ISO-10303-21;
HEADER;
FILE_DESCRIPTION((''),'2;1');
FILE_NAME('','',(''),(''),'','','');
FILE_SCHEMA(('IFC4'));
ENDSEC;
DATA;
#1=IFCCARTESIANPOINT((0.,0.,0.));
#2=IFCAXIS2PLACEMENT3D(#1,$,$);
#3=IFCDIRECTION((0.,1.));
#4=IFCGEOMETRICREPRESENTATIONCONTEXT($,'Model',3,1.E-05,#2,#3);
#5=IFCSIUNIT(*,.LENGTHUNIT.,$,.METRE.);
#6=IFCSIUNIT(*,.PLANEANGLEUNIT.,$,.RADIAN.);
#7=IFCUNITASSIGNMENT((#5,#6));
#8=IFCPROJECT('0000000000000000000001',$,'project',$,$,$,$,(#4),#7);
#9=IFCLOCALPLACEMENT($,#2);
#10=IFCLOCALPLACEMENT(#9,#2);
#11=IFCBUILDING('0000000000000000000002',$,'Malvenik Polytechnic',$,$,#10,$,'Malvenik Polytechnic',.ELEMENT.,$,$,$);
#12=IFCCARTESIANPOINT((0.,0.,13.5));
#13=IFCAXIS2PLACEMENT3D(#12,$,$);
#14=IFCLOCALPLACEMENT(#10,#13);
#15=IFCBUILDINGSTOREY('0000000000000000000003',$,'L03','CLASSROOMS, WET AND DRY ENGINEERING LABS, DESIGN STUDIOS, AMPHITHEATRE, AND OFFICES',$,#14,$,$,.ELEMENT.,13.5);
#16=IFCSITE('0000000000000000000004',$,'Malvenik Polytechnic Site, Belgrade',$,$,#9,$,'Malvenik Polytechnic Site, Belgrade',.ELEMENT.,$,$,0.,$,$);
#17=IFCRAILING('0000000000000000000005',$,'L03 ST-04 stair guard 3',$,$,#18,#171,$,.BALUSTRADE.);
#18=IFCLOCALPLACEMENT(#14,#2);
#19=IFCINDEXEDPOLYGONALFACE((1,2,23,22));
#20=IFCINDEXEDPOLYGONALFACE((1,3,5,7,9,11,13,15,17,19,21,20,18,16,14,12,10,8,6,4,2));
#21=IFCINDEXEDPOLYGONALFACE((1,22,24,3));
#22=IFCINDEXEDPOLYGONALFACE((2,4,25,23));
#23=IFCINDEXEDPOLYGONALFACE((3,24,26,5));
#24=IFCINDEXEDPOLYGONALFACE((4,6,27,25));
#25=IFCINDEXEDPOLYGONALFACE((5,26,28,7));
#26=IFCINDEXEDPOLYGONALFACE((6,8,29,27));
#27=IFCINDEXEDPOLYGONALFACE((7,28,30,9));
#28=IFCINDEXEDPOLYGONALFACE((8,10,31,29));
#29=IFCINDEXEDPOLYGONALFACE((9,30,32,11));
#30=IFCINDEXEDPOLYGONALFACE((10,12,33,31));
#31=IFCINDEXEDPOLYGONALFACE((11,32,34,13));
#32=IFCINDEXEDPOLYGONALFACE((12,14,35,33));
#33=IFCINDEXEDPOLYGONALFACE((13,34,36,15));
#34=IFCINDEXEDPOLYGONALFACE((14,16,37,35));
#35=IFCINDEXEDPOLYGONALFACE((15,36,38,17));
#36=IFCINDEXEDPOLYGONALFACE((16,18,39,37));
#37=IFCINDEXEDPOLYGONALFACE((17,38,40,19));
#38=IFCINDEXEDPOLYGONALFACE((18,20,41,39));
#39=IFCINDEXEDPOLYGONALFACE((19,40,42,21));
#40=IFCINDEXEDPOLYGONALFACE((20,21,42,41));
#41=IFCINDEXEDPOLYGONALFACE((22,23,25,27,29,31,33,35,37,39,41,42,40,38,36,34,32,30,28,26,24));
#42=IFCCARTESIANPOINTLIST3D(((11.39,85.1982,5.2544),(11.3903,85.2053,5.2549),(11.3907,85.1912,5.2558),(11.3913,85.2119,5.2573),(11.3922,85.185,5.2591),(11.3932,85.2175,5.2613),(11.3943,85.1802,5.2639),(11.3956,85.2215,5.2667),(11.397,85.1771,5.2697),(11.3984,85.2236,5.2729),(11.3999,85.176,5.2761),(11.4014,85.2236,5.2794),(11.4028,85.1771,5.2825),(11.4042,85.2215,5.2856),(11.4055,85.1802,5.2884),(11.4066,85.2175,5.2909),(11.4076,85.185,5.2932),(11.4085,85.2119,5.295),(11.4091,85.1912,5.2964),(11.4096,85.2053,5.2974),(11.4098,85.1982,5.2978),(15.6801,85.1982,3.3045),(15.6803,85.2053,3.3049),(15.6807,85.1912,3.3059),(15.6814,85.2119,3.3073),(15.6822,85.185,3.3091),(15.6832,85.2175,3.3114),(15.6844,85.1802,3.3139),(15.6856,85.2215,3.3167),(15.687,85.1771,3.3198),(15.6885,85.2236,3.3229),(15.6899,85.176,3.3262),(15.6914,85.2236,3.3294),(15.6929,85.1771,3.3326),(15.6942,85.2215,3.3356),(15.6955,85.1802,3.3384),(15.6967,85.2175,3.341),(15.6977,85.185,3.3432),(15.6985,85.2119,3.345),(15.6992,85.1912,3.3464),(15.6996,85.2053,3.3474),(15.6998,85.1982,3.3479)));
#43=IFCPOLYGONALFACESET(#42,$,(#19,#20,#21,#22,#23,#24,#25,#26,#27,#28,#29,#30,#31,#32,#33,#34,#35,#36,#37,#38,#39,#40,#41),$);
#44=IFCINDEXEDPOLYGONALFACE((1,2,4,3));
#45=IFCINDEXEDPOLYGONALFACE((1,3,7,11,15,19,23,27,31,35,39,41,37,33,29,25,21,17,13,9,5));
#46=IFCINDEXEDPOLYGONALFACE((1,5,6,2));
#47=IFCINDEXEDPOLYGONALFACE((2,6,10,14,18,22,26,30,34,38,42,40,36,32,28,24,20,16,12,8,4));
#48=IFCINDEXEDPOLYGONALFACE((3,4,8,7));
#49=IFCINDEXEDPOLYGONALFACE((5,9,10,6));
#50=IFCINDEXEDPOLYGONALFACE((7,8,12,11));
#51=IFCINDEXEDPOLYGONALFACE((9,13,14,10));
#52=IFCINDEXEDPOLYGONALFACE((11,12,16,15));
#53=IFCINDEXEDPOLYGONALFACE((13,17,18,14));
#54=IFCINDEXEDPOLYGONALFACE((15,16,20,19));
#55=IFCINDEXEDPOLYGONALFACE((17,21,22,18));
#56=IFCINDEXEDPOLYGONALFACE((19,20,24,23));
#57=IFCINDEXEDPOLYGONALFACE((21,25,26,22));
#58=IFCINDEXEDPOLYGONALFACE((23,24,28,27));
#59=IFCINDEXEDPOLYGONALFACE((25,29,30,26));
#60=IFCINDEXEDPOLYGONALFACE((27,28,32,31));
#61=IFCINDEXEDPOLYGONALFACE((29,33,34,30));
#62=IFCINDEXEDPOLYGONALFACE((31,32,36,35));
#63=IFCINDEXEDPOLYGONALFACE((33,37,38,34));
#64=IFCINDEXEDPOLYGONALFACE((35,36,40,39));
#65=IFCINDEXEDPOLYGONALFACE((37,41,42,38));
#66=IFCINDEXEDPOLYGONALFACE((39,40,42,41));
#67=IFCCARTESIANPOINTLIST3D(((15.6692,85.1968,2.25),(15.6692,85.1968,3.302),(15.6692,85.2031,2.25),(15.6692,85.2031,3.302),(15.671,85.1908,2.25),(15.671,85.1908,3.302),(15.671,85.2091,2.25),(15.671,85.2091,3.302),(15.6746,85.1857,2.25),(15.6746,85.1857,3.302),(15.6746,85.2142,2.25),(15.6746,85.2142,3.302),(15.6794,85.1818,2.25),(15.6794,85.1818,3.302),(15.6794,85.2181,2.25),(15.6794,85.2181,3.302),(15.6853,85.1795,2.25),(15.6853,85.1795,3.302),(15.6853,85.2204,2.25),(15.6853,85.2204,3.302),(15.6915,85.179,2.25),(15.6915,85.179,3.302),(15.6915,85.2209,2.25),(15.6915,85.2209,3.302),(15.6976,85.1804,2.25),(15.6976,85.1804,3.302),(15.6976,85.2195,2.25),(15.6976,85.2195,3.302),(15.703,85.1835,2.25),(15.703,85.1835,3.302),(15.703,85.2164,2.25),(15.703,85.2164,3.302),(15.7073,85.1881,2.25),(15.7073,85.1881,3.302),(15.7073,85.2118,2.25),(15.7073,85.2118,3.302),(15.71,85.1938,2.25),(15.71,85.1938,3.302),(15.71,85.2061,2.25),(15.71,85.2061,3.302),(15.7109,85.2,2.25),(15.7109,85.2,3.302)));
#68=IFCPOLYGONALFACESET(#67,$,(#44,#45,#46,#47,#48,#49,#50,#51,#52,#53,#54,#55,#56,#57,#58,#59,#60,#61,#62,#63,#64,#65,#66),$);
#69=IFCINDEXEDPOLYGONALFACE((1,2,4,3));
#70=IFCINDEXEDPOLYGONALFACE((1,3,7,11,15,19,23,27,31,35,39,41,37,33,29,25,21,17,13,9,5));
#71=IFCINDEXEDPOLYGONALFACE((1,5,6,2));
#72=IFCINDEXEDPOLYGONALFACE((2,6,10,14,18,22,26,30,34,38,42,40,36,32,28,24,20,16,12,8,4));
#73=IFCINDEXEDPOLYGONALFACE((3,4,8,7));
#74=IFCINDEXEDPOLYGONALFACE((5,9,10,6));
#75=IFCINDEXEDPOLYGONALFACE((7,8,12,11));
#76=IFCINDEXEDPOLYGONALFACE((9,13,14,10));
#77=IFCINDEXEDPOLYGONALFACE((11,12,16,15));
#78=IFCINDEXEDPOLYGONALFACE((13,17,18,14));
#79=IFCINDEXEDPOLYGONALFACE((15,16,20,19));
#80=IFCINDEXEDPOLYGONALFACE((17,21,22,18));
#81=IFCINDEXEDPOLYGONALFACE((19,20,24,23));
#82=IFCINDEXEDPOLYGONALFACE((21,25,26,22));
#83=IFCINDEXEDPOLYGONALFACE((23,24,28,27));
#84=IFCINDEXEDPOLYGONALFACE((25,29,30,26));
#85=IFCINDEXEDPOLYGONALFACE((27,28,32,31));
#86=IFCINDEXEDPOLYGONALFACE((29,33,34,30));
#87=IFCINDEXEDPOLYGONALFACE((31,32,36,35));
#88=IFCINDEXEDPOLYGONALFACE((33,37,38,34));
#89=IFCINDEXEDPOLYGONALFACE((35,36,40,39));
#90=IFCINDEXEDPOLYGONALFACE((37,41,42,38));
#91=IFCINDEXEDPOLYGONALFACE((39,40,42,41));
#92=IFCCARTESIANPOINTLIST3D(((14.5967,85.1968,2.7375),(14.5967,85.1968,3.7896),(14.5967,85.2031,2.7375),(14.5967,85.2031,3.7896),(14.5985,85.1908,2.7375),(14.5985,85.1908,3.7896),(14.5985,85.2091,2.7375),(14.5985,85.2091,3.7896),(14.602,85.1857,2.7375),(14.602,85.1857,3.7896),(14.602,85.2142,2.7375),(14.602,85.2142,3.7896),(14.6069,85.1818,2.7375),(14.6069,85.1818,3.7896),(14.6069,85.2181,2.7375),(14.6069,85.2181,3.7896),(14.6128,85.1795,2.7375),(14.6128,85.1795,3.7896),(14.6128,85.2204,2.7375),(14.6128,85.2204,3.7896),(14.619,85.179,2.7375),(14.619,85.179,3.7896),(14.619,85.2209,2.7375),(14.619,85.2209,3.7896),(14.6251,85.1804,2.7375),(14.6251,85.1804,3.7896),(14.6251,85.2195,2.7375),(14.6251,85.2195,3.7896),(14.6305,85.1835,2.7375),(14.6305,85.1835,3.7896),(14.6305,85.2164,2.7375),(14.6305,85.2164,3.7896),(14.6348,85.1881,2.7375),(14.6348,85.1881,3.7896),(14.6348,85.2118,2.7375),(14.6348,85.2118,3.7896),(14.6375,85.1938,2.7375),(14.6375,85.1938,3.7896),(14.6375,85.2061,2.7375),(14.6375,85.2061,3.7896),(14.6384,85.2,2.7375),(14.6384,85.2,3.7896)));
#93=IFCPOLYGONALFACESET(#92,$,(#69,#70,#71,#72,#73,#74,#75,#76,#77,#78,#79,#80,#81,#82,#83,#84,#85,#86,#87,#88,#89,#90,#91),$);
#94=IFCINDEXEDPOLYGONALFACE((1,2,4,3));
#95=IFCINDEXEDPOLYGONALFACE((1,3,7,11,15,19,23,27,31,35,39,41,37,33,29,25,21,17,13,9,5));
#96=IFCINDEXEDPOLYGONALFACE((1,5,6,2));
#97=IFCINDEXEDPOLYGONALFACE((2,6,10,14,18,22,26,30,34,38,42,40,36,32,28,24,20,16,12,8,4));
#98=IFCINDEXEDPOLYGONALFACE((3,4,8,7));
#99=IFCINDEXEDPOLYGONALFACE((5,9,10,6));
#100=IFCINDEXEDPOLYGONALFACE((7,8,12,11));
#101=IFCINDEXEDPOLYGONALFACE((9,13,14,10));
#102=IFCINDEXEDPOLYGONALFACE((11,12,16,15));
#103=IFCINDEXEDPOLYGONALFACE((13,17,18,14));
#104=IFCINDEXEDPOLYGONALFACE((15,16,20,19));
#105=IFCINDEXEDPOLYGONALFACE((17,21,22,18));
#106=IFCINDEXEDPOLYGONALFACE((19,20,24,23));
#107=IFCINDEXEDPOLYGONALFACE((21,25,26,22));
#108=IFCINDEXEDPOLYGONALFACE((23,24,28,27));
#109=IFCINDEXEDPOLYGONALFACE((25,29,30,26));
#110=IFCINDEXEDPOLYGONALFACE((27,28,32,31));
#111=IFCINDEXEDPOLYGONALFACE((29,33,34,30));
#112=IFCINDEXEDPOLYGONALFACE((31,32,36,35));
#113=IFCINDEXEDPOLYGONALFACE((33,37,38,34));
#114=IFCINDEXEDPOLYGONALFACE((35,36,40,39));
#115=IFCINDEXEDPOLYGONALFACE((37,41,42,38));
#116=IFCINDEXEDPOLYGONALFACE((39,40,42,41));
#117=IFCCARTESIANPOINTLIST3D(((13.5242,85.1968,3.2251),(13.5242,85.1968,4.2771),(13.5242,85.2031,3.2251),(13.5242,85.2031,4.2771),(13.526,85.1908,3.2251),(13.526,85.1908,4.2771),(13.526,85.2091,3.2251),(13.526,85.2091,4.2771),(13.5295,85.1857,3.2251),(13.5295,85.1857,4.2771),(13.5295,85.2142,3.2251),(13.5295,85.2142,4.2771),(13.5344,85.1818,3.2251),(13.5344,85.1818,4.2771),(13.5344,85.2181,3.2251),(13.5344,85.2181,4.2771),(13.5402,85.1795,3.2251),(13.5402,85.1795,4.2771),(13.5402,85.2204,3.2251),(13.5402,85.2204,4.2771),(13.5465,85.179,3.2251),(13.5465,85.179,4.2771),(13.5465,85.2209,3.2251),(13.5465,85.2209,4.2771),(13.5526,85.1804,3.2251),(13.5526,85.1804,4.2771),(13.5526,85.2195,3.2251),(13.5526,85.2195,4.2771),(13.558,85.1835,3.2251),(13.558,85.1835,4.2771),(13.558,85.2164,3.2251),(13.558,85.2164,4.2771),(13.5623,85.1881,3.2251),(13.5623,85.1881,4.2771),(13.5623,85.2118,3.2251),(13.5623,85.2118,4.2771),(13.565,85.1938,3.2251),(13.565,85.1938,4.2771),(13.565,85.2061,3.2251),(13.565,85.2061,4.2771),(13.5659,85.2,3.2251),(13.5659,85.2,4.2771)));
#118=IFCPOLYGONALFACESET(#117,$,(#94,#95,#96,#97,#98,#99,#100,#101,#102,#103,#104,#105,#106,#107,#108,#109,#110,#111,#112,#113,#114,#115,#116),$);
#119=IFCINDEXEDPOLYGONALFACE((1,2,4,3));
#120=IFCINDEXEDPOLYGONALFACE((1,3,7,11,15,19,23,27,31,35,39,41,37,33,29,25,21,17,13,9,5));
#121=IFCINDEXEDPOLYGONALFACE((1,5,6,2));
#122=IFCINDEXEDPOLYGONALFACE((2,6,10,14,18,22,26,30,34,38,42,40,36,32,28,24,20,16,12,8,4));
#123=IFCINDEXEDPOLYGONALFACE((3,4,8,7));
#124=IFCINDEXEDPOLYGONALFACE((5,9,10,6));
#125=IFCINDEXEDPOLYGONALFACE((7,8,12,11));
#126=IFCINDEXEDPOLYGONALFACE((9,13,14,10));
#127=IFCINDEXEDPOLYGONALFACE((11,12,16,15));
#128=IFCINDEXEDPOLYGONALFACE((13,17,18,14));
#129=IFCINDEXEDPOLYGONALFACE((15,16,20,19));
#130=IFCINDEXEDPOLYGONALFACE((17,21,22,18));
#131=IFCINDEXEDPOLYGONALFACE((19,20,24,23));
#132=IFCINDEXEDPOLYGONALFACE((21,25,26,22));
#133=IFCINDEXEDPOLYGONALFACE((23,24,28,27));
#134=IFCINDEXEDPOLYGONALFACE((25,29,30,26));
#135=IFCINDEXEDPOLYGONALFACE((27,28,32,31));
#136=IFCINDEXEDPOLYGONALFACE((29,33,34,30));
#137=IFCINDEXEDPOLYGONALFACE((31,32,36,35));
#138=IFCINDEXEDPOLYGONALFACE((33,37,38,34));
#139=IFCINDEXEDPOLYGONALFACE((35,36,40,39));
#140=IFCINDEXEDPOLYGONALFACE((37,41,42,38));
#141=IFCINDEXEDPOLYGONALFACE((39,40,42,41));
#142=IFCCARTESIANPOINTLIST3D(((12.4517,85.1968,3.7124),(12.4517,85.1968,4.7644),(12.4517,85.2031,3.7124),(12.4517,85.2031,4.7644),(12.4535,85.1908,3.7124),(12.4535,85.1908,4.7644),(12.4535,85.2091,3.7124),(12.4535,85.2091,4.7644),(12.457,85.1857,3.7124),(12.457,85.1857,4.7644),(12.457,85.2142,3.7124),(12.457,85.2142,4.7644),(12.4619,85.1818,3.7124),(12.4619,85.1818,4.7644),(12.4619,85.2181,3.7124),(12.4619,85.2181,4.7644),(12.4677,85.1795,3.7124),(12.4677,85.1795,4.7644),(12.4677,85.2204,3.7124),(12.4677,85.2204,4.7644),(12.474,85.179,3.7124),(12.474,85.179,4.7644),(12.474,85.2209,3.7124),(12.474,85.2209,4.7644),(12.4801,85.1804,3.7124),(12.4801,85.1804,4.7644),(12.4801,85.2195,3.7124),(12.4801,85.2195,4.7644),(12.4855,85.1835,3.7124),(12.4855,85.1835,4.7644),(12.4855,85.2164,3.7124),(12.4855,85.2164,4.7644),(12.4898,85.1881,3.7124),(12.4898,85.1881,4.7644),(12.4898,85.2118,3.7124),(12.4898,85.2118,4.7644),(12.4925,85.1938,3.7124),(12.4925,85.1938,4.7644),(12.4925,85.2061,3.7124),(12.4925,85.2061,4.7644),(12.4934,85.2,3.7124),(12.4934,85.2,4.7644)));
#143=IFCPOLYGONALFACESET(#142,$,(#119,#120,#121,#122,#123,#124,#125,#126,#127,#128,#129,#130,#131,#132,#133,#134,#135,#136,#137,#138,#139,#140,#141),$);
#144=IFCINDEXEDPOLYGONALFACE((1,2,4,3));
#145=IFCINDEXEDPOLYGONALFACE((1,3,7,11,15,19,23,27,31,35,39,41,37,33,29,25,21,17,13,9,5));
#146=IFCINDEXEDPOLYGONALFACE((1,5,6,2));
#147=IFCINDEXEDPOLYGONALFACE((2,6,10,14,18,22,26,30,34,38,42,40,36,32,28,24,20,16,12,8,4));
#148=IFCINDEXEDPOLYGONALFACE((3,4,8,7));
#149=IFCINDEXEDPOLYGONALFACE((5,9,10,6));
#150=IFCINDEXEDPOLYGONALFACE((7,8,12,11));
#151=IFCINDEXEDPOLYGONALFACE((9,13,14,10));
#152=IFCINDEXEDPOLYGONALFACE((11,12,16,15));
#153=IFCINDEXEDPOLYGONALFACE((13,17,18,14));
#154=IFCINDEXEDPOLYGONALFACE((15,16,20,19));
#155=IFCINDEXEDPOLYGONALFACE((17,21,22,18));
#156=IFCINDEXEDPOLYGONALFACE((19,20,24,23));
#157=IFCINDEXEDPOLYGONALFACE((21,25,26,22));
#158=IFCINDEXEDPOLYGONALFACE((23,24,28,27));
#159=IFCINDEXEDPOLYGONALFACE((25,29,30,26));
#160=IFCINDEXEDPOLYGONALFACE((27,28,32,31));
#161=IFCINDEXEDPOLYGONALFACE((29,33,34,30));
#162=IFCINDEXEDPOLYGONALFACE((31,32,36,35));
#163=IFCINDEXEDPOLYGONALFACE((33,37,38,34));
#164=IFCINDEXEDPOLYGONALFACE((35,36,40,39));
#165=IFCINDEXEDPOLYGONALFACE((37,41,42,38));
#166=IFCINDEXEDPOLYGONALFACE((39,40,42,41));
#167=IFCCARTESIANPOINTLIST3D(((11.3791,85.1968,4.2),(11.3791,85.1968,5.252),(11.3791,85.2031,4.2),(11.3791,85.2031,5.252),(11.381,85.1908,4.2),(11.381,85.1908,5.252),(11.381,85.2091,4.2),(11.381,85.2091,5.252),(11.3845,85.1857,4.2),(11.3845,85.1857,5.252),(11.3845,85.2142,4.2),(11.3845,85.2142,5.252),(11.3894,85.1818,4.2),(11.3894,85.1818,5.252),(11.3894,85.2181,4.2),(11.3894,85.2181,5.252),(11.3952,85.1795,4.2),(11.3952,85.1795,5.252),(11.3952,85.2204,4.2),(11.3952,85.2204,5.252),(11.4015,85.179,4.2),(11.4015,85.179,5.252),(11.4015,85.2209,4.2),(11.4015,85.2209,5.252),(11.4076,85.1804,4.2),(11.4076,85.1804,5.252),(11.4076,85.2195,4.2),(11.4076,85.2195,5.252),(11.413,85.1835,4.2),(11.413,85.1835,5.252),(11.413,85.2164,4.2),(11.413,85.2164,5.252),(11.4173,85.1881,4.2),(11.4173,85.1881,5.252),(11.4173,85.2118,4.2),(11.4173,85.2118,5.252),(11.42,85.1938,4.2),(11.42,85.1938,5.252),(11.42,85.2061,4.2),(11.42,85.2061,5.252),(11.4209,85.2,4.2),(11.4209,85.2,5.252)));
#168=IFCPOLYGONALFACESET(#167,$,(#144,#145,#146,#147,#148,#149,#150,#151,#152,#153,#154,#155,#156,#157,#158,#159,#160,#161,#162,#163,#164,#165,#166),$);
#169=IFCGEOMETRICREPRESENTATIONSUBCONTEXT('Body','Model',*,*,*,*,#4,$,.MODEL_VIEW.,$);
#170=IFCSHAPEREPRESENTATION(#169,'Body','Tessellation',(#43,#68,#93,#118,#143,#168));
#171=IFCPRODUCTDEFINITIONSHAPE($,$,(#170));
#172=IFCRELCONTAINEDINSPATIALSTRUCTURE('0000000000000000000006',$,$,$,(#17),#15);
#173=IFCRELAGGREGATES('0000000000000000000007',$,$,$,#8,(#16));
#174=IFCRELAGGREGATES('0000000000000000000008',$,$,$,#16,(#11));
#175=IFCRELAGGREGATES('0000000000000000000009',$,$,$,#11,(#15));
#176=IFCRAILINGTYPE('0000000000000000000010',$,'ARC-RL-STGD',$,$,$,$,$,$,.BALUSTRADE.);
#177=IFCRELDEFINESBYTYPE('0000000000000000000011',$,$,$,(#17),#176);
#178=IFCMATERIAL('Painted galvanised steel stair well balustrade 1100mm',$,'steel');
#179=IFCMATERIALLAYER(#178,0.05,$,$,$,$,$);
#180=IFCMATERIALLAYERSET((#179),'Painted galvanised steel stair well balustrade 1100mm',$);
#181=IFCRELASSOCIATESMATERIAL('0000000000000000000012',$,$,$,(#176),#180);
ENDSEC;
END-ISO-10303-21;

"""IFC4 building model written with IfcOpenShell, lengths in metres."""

from ifc_helpers import new_model, si_unit, direction, frame, origin, origin_2d, place, context, subcontext, project, spatial, circle, extrude, material, layer, layer_set, type_object, element, save


model = new_model("IFC4")

# Units and contexts
model_context = context("Model", 3, precision=1e-05, world=origin(), true_north=direction((0.0, 1.0)))
body_context = subcontext(model_context, "Body", "Model", "MODEL_VIEW")
ifc_project = project(units=[si_unit("LENGTHUNIT", "METRE"), si_unit("PLANEANGLEUNIT", "RADIAN")], contexts=[model_context])

# Site, building, storey
site_placement = place(None, origin())
site = spatial("IfcSite", under=ifc_project, at=site_placement, Name="Malvenik Polytechnic Site, Belgrade", LongName="Malvenik Polytechnic Site, Belgrade", CompositionType="ELEMENT", RefElevation=0.0)
building_placement = place(site_placement, origin())
building = spatial("IfcBuilding", under=site, at=building_placement, Name="Malvenik Polytechnic", LongName="Malvenik Polytechnic", CompositionType="ELEMENT")
storey_placement = place(building_placement, frame((0.0, 0.0, 13.5)))
storey = spatial("IfcBuildingStorey", under=building, at=storey_placement, Name="L03", Description="CLASSROOMS, WET AND DRY ENGINEERING LABS, DESIGN STUDIOS, AMPHITHEATRE, AND OFFICES", CompositionType="ELEMENT", Elevation=13.5)

# Railing
ifc_material_1 = material(Name="Painted galvanised steel stair well balustrade 1100mm", Category="steel")
ifc_layer_1 = layer(ifc_material_1, 0.05)
ifc_layer_set_1 = layer_set([ifc_layer_1], Name="Painted galvanised steel stair well balustrade 1100mm")
railing_type_1 = type_object("IfcRailingType", Name="ARC-RL-STGD", PredefinedType="BALUSTRADE", material=ifc_layer_set_1)
railing_1_placement = place(storey_placement, frame((15.6899, 85.2, 2.25)))
element("IfcRailing", 1, at=railing_1_placement, inside=storey, type_object=railing_type_1, Name="L03 ST-04 stair guard 3", PredefinedType="BALUSTRADE", context=body_context, shape_type="SweptSolid", body=[
    extrude(circle(Radius=0.0239, at=origin_2d()), frame((0.0, 0.0, 1.0762), z_axis=(-0.910372, 0.0, 0.413791), x_axis=(0.0, -1.0, 0.0)), (0.0, 0.0, 1.0), 4.7124),
    extrude(circle(Radius=0.021, at=origin_2d()), origin(), (0.0, 0.0, 1.0), 1.052),
    extrude(circle(Radius=0.021, at=origin_2d()), frame((-1.0725, 0.0, 0.4875)), (0.0, 0.0, 1.0), 1.052),
    extrude(circle(Radius=0.021, at=origin_2d()), frame((-2.145, 0.0, 0.9751)), (0.0, 0.0, 1.0), 1.052),
    extrude(circle(Radius=0.021, at=origin_2d()), frame((-3.2175, 0.0, 1.4624)), (0.0, 0.0, 1.0), 1.052),
    extrude(circle(Radius=0.021, at=origin_2d()), frame((-4.29, 0.0, 1.95)), (0.0, 0.0, 1.0), 1.052),
])

save(model, "model.ifc")
